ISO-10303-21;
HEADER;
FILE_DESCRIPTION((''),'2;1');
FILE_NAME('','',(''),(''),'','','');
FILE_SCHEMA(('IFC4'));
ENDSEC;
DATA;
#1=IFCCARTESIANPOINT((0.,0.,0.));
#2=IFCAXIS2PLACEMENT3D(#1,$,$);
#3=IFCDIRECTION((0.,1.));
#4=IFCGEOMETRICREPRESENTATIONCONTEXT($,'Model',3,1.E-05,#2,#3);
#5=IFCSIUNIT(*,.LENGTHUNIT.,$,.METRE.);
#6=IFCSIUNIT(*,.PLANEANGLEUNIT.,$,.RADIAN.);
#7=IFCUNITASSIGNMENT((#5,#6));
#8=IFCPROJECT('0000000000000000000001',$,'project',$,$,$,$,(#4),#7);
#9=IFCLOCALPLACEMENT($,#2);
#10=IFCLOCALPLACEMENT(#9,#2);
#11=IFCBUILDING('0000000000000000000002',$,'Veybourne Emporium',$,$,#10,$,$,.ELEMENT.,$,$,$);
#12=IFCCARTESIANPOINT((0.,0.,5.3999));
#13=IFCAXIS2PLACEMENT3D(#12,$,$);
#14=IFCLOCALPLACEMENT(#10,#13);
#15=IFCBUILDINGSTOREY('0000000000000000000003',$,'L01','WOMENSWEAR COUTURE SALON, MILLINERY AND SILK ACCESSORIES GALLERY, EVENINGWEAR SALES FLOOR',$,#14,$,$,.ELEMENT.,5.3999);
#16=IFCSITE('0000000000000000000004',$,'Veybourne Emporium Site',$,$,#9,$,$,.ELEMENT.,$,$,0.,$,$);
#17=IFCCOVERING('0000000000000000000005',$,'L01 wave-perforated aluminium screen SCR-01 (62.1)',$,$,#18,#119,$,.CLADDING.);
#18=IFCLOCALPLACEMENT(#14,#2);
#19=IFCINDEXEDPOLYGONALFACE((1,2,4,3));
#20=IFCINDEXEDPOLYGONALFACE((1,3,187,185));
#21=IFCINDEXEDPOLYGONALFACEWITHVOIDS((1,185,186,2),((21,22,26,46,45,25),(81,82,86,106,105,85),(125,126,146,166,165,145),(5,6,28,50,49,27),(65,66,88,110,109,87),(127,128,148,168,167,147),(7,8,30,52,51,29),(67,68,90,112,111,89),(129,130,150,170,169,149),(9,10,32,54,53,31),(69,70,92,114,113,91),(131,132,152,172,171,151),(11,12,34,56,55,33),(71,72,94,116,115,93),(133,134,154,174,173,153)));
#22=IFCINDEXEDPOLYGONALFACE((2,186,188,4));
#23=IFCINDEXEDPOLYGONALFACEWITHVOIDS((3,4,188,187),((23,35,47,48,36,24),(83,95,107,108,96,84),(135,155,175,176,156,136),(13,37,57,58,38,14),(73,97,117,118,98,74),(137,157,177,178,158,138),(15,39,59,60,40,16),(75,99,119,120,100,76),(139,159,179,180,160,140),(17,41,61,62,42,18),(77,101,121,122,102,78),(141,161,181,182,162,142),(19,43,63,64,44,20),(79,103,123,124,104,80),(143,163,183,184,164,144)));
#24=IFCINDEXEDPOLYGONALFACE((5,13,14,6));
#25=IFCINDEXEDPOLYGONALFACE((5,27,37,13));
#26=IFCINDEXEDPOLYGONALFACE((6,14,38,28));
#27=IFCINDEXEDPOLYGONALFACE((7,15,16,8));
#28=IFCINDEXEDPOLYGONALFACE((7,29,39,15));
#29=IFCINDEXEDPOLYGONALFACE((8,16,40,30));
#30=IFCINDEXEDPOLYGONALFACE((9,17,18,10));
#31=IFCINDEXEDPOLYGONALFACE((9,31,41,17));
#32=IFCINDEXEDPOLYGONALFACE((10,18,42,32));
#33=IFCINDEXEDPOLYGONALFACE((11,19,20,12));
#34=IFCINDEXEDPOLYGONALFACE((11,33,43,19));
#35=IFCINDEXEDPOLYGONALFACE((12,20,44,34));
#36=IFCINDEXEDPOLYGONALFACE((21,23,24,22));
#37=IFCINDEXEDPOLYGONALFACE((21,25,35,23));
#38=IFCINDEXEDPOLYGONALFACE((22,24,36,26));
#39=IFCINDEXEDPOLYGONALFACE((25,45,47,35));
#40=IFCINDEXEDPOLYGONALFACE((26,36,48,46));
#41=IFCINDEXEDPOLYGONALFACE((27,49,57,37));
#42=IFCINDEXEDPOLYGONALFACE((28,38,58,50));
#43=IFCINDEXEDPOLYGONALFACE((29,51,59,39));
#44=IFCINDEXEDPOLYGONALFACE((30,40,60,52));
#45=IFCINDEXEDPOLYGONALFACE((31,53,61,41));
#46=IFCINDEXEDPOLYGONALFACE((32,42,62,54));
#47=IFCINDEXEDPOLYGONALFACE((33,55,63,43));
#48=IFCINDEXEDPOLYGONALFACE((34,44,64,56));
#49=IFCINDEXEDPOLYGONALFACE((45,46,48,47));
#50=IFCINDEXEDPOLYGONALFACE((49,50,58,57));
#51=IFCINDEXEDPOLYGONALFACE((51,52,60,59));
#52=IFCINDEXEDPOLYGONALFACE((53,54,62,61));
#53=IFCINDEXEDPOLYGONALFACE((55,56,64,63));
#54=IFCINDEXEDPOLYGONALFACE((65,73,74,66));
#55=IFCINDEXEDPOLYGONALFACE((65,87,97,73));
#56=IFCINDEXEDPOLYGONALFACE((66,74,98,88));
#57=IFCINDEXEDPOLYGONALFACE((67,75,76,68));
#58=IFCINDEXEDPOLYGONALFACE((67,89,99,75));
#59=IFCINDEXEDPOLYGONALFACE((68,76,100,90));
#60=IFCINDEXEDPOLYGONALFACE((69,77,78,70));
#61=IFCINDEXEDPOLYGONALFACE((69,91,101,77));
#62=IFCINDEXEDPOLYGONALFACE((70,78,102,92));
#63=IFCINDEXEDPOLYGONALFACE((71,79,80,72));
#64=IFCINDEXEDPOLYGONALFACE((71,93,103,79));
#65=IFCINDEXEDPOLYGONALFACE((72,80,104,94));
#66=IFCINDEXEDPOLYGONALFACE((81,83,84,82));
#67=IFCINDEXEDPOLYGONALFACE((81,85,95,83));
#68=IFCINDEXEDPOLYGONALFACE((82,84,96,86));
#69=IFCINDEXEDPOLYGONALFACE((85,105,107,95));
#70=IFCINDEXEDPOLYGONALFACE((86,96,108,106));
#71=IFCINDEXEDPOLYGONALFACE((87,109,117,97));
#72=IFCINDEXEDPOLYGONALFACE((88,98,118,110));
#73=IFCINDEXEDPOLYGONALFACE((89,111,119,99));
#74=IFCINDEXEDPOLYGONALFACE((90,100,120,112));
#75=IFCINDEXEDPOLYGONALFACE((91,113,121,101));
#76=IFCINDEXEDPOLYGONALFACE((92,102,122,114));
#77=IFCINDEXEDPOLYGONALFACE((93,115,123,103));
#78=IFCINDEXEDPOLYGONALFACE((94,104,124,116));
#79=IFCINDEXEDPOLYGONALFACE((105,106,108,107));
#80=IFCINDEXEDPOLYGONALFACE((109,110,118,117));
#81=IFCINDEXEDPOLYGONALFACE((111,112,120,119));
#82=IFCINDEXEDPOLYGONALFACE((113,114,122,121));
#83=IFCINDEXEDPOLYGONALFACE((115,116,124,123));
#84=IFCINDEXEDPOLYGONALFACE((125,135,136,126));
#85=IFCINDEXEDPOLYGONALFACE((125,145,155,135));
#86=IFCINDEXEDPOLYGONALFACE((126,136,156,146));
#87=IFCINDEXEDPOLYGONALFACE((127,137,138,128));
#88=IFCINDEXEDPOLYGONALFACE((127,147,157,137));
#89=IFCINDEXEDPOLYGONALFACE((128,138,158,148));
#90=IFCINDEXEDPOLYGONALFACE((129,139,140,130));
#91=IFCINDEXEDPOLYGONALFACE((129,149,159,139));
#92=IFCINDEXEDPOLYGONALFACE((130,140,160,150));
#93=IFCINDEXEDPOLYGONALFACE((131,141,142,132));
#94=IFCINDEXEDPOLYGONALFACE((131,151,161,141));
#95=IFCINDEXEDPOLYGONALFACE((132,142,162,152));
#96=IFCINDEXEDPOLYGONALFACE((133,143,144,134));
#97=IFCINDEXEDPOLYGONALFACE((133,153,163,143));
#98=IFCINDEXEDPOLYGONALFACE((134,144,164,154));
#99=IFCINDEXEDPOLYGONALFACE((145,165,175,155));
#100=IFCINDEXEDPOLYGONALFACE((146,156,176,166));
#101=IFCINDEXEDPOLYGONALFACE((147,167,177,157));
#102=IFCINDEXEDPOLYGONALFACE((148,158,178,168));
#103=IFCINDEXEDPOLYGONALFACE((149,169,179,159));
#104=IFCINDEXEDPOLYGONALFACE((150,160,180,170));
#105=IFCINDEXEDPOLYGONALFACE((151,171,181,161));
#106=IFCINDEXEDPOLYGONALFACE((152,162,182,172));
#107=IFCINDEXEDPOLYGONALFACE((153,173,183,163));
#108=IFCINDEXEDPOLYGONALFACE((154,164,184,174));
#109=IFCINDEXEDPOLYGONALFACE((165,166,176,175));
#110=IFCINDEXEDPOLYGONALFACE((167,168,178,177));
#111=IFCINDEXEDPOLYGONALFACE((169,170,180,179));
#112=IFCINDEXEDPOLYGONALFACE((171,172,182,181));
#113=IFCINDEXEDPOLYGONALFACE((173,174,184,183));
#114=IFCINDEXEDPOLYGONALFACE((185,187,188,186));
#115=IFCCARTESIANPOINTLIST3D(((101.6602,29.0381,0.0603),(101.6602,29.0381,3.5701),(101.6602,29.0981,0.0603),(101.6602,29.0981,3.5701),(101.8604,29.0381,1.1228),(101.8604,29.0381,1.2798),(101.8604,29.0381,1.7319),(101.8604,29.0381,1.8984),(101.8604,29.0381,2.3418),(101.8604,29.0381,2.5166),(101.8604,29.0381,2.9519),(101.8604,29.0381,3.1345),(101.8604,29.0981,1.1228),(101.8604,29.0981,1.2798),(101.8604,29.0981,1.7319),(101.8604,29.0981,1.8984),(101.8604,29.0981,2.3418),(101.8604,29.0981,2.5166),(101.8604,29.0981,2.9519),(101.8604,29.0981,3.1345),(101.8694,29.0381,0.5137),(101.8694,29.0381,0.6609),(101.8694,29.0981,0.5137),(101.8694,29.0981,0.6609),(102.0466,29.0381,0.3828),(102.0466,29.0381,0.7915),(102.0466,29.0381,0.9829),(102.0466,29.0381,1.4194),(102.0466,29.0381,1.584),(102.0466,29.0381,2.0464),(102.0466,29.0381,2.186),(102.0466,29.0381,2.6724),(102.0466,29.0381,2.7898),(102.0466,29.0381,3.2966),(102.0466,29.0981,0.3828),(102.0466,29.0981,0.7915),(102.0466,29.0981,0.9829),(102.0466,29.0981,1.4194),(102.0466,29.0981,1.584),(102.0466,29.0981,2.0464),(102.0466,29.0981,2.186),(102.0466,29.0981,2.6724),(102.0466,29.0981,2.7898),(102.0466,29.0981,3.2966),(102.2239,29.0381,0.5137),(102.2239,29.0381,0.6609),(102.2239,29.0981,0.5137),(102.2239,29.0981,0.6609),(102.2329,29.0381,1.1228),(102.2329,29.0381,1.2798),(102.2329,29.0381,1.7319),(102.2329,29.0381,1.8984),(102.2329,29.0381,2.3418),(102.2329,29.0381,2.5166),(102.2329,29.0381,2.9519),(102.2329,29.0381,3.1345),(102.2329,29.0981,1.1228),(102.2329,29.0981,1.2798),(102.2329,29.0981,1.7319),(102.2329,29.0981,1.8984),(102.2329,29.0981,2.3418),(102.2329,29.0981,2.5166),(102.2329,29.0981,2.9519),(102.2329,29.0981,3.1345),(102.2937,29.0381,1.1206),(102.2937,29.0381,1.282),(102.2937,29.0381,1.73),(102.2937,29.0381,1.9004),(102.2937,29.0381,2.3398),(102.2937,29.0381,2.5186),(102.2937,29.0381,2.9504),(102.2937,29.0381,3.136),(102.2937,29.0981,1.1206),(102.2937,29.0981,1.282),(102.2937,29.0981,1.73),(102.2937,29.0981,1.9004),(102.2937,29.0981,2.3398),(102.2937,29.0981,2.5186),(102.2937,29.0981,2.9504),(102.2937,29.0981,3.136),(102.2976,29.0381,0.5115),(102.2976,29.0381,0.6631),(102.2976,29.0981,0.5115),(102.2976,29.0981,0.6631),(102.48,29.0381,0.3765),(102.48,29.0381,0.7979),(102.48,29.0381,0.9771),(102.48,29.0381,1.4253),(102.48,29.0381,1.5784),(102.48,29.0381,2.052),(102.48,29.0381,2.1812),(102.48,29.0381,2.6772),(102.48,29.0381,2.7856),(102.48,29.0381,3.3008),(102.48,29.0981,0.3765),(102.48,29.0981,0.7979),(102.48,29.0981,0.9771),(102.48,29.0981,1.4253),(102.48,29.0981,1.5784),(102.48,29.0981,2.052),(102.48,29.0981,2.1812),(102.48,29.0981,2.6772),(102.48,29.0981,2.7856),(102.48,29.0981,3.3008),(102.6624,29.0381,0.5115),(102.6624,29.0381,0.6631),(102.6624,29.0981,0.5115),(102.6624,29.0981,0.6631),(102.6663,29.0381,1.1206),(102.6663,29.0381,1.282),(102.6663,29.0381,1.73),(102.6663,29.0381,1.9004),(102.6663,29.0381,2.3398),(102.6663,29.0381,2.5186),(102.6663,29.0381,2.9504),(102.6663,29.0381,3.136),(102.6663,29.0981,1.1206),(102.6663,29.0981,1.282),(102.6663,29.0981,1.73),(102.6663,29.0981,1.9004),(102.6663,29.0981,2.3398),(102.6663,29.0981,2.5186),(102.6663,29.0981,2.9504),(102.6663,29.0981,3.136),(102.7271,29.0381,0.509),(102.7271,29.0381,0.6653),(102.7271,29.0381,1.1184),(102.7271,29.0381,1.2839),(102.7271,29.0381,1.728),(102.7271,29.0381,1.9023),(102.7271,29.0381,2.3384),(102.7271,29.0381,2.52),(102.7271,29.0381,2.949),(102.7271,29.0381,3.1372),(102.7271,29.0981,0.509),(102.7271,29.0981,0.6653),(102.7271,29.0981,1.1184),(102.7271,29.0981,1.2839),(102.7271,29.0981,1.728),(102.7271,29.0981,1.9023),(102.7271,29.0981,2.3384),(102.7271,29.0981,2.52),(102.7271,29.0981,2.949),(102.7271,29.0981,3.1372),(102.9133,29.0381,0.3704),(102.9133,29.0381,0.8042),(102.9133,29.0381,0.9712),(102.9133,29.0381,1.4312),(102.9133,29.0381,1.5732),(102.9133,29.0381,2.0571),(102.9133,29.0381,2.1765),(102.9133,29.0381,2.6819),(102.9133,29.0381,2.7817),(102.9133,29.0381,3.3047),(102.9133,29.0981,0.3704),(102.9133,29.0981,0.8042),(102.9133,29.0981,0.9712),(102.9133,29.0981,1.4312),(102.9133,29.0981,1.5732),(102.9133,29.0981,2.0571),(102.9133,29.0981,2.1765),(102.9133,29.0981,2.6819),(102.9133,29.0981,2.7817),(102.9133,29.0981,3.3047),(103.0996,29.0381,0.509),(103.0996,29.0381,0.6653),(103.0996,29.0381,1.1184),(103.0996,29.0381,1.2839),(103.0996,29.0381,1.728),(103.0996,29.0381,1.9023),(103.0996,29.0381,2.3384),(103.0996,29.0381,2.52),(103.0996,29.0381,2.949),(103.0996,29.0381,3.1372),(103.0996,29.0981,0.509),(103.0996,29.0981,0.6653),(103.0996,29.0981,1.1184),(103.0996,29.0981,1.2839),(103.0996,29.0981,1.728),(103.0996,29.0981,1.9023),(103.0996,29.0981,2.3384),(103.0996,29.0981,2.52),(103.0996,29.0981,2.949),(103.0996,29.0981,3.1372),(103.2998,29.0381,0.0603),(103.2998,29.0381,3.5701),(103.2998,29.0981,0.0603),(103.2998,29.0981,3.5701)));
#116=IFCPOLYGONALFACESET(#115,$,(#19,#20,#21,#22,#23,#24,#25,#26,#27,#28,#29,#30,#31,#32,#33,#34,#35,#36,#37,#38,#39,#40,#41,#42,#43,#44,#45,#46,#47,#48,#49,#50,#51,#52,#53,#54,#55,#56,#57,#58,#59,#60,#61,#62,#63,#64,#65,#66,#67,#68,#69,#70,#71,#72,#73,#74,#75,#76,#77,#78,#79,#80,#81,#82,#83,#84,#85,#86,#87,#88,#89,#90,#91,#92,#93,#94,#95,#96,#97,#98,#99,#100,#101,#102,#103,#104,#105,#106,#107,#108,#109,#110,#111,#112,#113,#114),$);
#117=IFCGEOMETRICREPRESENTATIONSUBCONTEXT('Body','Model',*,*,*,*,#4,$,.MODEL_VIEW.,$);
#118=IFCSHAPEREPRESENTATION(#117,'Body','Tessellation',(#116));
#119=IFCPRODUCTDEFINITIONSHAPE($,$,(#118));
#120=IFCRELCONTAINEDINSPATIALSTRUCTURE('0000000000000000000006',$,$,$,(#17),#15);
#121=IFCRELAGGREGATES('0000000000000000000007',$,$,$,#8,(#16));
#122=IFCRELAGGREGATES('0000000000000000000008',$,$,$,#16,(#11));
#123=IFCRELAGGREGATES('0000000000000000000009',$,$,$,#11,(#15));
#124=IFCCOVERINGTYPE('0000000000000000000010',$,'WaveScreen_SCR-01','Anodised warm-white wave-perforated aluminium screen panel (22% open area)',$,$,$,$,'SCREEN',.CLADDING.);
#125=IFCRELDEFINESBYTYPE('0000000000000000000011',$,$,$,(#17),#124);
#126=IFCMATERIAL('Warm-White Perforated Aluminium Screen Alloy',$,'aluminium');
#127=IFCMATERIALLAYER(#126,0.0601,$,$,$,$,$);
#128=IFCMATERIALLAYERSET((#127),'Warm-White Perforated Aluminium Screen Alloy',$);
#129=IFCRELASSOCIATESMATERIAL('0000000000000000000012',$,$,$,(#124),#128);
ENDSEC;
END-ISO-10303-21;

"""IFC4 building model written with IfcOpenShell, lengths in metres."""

from ifc_helpers import new_model, si_unit, direction, frame, origin, place, context, subcontext, project, spatial, polyline, outline, extrude, material, layer, layer_set, type_object, element, save


model = new_model("IFC4")

# Units and contexts
model_context = context("Model", 3, precision=1e-05, world=origin(), true_north=direction((0.0, 1.0)))
body_context = subcontext(model_context, "Body", "Model", "MODEL_VIEW")
ifc_project = project(units=[si_unit("LENGTHUNIT", "METRE"), si_unit("PLANEANGLEUNIT", "RADIAN")], contexts=[model_context])

# Site, building, storey
site_placement = place(None, origin())
site = spatial("IfcSite", under=ifc_project, at=site_placement, Name="Veybourne Emporium Site", CompositionType="ELEMENT", RefElevation=0.0)
building_placement = place(site_placement, origin())
building = spatial("IfcBuilding", under=site, at=building_placement, Name="Veybourne Emporium", CompositionType="ELEMENT")
storey_placement = place(building_placement, frame((0.0, 0.0, 5.3999)))
storey = spatial("IfcBuildingStorey", under=building, at=storey_placement, Name="L01", Description="WOMENSWEAR COUTURE SALON, MILLINERY AND SILK ACCESSORIES GALLERY, EVENINGWEAR SALES FLOOR", CompositionType="ELEMENT", Elevation=5.3999)

# Covering
ifc_material_1 = material(Name="Warm-White Perforated Aluminium Screen Alloy", Category="aluminium")
ifc_layer_1 = layer(ifc_material_1, 0.0601)
ifc_layer_set_1 = layer_set([ifc_layer_1], Name="Warm-White Perforated Aluminium Screen Alloy")
covering_type_1 = type_object("IfcCoveringType", Name="WaveScreen_SCR-01", Description="Anodised warm-white wave-perforated aluminium screen panel (22% open area)", ElementType="SCREEN", PredefinedType="CLADDING", material=ifc_layer_set_1)
covering_1_placement = place(storey_placement, frame((102.48, 29.0981, 1.8152), z_axis=(0.0, -1.0, 0.0), x_axis=(1.0, 0.0, 0.0)))
element("IfcCovering", 1, at=covering_1_placement, inside=storey, type_object=covering_type_1, Name="L01 wave-perforated aluminium screen SCR-01 (62.1)", PredefinedType="CLADDING", context=body_context, shape_type="SweptSolid", body=[
    extrude(outline(polyline([(-0.8198, -1.7549), (0.8198, -1.7549), (0.8198, 1.7549), (-0.8198, 1.7549), (-0.8198, -1.7549)]), holes=[polyline([(-0.4333, -1.0237), (-0.2561, -1.1543), (-0.2561, -1.3015), (-0.4333, -1.4324), (-0.6106, -1.3015), (-0.6106, -1.1543), (-0.4333, -1.0237)]), polyline([(-0.4333, -0.3958), (-0.2471, -0.5354), (-0.2471, -0.6924), (-0.4333, -0.8323), (-0.6196, -0.6924), (-0.6196, -0.5354), (-0.4333, -0.3958)]), polyline([(-0.4333, 0.2312), (-0.2471, 0.0833), (-0.2471, -0.0833), (-0.4333, -0.2312), (-0.6196, -0.0833), (-0.6196, 0.0833), (-0.4333, 0.2312)]), polyline([(-0.4333, 0.8572), (-0.2471, 0.7014), (-0.2471, 0.5266), (-0.4333, 0.3708), (-0.6196, 0.5266), (-0.6196, 0.7014), (-0.4333, 0.8572)]), polyline([(-0.4333, 1.4814), (-0.2471, 1.3193), (-0.2471, 1.1367), (-0.4333, 0.9746), (-0.6196, 1.1367), (-0.6196, 1.3193), (-0.4333, 1.4814)]), polyline([(0.0, -1.0173), (0.1824, -1.1521), (0.1824, -1.3037), (0.0, -1.4387), (-0.1824, -1.3037), (-0.1824, -1.1521), (0.0, -1.0173)]), polyline([(0.0, -0.3899), (0.1863, -0.5332), (0.1863, -0.6946), (0.0, -0.8381), (-0.1863, -0.6946), (-0.1863, -0.5332), (0.0, -0.3899)]), polyline([(0.0, 0.2368), (0.1863, 0.0852), (0.1863, -0.0852), (0.0, -0.2368), (-0.1863, -0.0852), (-0.1863, 0.0852), (0.0, 0.2368)]), polyline([(0.0, 0.8621), (0.1863, 0.7034), (0.1863, 0.5247), (0.0, 0.366), (-0.1863, 0.5247), (-0.1863, 0.7034), (0.0, 0.8621)]), polyline([(0.0, 1.4856), (0.1863, 1.3208), (0.1863, 1.1353), (0.0, 0.9705), (-0.1863, 1.1353), (-0.1863, 1.3208), (0.0, 1.4856)]), polyline([(0.4333, -1.011), (0.6196, -1.1499), (0.6196, -1.3062), (0.4333, -1.4448), (0.2471, -1.3062), (0.2471, -1.1499), (0.4333, -1.011)]), polyline([(0.4333, -0.384), (0.6196, -0.5312), (0.6196, -0.6968), (0.4333, -0.844), (0.2471, -0.6968), (0.2471, -0.5312), (0.4333, -0.384)]), polyline([(0.4333, 0.2419), (0.6196, 0.0872), (0.6196, -0.0872), (0.4333, -0.2419), (0.2471, -0.0872), (0.2471, 0.0872), (0.4333, 0.2419)]), polyline([(0.4333, 0.8667), (0.6196, 0.7048), (0.6196, 0.5232), (0.4333, 0.3613), (0.2471, 0.5232), (0.2471, 0.7048), (0.4333, 0.8667)]), polyline([(0.4333, 1.4895), (0.6196, 1.322), (0.6196, 1.1338), (0.4333, 0.9666), (0.2471, 1.1338), (0.2471, 1.322), (0.4333, 1.4895)])]), origin(), (0.0, 0.0, 1.0), 0.0601),
])

save(model, "model.ifc")
